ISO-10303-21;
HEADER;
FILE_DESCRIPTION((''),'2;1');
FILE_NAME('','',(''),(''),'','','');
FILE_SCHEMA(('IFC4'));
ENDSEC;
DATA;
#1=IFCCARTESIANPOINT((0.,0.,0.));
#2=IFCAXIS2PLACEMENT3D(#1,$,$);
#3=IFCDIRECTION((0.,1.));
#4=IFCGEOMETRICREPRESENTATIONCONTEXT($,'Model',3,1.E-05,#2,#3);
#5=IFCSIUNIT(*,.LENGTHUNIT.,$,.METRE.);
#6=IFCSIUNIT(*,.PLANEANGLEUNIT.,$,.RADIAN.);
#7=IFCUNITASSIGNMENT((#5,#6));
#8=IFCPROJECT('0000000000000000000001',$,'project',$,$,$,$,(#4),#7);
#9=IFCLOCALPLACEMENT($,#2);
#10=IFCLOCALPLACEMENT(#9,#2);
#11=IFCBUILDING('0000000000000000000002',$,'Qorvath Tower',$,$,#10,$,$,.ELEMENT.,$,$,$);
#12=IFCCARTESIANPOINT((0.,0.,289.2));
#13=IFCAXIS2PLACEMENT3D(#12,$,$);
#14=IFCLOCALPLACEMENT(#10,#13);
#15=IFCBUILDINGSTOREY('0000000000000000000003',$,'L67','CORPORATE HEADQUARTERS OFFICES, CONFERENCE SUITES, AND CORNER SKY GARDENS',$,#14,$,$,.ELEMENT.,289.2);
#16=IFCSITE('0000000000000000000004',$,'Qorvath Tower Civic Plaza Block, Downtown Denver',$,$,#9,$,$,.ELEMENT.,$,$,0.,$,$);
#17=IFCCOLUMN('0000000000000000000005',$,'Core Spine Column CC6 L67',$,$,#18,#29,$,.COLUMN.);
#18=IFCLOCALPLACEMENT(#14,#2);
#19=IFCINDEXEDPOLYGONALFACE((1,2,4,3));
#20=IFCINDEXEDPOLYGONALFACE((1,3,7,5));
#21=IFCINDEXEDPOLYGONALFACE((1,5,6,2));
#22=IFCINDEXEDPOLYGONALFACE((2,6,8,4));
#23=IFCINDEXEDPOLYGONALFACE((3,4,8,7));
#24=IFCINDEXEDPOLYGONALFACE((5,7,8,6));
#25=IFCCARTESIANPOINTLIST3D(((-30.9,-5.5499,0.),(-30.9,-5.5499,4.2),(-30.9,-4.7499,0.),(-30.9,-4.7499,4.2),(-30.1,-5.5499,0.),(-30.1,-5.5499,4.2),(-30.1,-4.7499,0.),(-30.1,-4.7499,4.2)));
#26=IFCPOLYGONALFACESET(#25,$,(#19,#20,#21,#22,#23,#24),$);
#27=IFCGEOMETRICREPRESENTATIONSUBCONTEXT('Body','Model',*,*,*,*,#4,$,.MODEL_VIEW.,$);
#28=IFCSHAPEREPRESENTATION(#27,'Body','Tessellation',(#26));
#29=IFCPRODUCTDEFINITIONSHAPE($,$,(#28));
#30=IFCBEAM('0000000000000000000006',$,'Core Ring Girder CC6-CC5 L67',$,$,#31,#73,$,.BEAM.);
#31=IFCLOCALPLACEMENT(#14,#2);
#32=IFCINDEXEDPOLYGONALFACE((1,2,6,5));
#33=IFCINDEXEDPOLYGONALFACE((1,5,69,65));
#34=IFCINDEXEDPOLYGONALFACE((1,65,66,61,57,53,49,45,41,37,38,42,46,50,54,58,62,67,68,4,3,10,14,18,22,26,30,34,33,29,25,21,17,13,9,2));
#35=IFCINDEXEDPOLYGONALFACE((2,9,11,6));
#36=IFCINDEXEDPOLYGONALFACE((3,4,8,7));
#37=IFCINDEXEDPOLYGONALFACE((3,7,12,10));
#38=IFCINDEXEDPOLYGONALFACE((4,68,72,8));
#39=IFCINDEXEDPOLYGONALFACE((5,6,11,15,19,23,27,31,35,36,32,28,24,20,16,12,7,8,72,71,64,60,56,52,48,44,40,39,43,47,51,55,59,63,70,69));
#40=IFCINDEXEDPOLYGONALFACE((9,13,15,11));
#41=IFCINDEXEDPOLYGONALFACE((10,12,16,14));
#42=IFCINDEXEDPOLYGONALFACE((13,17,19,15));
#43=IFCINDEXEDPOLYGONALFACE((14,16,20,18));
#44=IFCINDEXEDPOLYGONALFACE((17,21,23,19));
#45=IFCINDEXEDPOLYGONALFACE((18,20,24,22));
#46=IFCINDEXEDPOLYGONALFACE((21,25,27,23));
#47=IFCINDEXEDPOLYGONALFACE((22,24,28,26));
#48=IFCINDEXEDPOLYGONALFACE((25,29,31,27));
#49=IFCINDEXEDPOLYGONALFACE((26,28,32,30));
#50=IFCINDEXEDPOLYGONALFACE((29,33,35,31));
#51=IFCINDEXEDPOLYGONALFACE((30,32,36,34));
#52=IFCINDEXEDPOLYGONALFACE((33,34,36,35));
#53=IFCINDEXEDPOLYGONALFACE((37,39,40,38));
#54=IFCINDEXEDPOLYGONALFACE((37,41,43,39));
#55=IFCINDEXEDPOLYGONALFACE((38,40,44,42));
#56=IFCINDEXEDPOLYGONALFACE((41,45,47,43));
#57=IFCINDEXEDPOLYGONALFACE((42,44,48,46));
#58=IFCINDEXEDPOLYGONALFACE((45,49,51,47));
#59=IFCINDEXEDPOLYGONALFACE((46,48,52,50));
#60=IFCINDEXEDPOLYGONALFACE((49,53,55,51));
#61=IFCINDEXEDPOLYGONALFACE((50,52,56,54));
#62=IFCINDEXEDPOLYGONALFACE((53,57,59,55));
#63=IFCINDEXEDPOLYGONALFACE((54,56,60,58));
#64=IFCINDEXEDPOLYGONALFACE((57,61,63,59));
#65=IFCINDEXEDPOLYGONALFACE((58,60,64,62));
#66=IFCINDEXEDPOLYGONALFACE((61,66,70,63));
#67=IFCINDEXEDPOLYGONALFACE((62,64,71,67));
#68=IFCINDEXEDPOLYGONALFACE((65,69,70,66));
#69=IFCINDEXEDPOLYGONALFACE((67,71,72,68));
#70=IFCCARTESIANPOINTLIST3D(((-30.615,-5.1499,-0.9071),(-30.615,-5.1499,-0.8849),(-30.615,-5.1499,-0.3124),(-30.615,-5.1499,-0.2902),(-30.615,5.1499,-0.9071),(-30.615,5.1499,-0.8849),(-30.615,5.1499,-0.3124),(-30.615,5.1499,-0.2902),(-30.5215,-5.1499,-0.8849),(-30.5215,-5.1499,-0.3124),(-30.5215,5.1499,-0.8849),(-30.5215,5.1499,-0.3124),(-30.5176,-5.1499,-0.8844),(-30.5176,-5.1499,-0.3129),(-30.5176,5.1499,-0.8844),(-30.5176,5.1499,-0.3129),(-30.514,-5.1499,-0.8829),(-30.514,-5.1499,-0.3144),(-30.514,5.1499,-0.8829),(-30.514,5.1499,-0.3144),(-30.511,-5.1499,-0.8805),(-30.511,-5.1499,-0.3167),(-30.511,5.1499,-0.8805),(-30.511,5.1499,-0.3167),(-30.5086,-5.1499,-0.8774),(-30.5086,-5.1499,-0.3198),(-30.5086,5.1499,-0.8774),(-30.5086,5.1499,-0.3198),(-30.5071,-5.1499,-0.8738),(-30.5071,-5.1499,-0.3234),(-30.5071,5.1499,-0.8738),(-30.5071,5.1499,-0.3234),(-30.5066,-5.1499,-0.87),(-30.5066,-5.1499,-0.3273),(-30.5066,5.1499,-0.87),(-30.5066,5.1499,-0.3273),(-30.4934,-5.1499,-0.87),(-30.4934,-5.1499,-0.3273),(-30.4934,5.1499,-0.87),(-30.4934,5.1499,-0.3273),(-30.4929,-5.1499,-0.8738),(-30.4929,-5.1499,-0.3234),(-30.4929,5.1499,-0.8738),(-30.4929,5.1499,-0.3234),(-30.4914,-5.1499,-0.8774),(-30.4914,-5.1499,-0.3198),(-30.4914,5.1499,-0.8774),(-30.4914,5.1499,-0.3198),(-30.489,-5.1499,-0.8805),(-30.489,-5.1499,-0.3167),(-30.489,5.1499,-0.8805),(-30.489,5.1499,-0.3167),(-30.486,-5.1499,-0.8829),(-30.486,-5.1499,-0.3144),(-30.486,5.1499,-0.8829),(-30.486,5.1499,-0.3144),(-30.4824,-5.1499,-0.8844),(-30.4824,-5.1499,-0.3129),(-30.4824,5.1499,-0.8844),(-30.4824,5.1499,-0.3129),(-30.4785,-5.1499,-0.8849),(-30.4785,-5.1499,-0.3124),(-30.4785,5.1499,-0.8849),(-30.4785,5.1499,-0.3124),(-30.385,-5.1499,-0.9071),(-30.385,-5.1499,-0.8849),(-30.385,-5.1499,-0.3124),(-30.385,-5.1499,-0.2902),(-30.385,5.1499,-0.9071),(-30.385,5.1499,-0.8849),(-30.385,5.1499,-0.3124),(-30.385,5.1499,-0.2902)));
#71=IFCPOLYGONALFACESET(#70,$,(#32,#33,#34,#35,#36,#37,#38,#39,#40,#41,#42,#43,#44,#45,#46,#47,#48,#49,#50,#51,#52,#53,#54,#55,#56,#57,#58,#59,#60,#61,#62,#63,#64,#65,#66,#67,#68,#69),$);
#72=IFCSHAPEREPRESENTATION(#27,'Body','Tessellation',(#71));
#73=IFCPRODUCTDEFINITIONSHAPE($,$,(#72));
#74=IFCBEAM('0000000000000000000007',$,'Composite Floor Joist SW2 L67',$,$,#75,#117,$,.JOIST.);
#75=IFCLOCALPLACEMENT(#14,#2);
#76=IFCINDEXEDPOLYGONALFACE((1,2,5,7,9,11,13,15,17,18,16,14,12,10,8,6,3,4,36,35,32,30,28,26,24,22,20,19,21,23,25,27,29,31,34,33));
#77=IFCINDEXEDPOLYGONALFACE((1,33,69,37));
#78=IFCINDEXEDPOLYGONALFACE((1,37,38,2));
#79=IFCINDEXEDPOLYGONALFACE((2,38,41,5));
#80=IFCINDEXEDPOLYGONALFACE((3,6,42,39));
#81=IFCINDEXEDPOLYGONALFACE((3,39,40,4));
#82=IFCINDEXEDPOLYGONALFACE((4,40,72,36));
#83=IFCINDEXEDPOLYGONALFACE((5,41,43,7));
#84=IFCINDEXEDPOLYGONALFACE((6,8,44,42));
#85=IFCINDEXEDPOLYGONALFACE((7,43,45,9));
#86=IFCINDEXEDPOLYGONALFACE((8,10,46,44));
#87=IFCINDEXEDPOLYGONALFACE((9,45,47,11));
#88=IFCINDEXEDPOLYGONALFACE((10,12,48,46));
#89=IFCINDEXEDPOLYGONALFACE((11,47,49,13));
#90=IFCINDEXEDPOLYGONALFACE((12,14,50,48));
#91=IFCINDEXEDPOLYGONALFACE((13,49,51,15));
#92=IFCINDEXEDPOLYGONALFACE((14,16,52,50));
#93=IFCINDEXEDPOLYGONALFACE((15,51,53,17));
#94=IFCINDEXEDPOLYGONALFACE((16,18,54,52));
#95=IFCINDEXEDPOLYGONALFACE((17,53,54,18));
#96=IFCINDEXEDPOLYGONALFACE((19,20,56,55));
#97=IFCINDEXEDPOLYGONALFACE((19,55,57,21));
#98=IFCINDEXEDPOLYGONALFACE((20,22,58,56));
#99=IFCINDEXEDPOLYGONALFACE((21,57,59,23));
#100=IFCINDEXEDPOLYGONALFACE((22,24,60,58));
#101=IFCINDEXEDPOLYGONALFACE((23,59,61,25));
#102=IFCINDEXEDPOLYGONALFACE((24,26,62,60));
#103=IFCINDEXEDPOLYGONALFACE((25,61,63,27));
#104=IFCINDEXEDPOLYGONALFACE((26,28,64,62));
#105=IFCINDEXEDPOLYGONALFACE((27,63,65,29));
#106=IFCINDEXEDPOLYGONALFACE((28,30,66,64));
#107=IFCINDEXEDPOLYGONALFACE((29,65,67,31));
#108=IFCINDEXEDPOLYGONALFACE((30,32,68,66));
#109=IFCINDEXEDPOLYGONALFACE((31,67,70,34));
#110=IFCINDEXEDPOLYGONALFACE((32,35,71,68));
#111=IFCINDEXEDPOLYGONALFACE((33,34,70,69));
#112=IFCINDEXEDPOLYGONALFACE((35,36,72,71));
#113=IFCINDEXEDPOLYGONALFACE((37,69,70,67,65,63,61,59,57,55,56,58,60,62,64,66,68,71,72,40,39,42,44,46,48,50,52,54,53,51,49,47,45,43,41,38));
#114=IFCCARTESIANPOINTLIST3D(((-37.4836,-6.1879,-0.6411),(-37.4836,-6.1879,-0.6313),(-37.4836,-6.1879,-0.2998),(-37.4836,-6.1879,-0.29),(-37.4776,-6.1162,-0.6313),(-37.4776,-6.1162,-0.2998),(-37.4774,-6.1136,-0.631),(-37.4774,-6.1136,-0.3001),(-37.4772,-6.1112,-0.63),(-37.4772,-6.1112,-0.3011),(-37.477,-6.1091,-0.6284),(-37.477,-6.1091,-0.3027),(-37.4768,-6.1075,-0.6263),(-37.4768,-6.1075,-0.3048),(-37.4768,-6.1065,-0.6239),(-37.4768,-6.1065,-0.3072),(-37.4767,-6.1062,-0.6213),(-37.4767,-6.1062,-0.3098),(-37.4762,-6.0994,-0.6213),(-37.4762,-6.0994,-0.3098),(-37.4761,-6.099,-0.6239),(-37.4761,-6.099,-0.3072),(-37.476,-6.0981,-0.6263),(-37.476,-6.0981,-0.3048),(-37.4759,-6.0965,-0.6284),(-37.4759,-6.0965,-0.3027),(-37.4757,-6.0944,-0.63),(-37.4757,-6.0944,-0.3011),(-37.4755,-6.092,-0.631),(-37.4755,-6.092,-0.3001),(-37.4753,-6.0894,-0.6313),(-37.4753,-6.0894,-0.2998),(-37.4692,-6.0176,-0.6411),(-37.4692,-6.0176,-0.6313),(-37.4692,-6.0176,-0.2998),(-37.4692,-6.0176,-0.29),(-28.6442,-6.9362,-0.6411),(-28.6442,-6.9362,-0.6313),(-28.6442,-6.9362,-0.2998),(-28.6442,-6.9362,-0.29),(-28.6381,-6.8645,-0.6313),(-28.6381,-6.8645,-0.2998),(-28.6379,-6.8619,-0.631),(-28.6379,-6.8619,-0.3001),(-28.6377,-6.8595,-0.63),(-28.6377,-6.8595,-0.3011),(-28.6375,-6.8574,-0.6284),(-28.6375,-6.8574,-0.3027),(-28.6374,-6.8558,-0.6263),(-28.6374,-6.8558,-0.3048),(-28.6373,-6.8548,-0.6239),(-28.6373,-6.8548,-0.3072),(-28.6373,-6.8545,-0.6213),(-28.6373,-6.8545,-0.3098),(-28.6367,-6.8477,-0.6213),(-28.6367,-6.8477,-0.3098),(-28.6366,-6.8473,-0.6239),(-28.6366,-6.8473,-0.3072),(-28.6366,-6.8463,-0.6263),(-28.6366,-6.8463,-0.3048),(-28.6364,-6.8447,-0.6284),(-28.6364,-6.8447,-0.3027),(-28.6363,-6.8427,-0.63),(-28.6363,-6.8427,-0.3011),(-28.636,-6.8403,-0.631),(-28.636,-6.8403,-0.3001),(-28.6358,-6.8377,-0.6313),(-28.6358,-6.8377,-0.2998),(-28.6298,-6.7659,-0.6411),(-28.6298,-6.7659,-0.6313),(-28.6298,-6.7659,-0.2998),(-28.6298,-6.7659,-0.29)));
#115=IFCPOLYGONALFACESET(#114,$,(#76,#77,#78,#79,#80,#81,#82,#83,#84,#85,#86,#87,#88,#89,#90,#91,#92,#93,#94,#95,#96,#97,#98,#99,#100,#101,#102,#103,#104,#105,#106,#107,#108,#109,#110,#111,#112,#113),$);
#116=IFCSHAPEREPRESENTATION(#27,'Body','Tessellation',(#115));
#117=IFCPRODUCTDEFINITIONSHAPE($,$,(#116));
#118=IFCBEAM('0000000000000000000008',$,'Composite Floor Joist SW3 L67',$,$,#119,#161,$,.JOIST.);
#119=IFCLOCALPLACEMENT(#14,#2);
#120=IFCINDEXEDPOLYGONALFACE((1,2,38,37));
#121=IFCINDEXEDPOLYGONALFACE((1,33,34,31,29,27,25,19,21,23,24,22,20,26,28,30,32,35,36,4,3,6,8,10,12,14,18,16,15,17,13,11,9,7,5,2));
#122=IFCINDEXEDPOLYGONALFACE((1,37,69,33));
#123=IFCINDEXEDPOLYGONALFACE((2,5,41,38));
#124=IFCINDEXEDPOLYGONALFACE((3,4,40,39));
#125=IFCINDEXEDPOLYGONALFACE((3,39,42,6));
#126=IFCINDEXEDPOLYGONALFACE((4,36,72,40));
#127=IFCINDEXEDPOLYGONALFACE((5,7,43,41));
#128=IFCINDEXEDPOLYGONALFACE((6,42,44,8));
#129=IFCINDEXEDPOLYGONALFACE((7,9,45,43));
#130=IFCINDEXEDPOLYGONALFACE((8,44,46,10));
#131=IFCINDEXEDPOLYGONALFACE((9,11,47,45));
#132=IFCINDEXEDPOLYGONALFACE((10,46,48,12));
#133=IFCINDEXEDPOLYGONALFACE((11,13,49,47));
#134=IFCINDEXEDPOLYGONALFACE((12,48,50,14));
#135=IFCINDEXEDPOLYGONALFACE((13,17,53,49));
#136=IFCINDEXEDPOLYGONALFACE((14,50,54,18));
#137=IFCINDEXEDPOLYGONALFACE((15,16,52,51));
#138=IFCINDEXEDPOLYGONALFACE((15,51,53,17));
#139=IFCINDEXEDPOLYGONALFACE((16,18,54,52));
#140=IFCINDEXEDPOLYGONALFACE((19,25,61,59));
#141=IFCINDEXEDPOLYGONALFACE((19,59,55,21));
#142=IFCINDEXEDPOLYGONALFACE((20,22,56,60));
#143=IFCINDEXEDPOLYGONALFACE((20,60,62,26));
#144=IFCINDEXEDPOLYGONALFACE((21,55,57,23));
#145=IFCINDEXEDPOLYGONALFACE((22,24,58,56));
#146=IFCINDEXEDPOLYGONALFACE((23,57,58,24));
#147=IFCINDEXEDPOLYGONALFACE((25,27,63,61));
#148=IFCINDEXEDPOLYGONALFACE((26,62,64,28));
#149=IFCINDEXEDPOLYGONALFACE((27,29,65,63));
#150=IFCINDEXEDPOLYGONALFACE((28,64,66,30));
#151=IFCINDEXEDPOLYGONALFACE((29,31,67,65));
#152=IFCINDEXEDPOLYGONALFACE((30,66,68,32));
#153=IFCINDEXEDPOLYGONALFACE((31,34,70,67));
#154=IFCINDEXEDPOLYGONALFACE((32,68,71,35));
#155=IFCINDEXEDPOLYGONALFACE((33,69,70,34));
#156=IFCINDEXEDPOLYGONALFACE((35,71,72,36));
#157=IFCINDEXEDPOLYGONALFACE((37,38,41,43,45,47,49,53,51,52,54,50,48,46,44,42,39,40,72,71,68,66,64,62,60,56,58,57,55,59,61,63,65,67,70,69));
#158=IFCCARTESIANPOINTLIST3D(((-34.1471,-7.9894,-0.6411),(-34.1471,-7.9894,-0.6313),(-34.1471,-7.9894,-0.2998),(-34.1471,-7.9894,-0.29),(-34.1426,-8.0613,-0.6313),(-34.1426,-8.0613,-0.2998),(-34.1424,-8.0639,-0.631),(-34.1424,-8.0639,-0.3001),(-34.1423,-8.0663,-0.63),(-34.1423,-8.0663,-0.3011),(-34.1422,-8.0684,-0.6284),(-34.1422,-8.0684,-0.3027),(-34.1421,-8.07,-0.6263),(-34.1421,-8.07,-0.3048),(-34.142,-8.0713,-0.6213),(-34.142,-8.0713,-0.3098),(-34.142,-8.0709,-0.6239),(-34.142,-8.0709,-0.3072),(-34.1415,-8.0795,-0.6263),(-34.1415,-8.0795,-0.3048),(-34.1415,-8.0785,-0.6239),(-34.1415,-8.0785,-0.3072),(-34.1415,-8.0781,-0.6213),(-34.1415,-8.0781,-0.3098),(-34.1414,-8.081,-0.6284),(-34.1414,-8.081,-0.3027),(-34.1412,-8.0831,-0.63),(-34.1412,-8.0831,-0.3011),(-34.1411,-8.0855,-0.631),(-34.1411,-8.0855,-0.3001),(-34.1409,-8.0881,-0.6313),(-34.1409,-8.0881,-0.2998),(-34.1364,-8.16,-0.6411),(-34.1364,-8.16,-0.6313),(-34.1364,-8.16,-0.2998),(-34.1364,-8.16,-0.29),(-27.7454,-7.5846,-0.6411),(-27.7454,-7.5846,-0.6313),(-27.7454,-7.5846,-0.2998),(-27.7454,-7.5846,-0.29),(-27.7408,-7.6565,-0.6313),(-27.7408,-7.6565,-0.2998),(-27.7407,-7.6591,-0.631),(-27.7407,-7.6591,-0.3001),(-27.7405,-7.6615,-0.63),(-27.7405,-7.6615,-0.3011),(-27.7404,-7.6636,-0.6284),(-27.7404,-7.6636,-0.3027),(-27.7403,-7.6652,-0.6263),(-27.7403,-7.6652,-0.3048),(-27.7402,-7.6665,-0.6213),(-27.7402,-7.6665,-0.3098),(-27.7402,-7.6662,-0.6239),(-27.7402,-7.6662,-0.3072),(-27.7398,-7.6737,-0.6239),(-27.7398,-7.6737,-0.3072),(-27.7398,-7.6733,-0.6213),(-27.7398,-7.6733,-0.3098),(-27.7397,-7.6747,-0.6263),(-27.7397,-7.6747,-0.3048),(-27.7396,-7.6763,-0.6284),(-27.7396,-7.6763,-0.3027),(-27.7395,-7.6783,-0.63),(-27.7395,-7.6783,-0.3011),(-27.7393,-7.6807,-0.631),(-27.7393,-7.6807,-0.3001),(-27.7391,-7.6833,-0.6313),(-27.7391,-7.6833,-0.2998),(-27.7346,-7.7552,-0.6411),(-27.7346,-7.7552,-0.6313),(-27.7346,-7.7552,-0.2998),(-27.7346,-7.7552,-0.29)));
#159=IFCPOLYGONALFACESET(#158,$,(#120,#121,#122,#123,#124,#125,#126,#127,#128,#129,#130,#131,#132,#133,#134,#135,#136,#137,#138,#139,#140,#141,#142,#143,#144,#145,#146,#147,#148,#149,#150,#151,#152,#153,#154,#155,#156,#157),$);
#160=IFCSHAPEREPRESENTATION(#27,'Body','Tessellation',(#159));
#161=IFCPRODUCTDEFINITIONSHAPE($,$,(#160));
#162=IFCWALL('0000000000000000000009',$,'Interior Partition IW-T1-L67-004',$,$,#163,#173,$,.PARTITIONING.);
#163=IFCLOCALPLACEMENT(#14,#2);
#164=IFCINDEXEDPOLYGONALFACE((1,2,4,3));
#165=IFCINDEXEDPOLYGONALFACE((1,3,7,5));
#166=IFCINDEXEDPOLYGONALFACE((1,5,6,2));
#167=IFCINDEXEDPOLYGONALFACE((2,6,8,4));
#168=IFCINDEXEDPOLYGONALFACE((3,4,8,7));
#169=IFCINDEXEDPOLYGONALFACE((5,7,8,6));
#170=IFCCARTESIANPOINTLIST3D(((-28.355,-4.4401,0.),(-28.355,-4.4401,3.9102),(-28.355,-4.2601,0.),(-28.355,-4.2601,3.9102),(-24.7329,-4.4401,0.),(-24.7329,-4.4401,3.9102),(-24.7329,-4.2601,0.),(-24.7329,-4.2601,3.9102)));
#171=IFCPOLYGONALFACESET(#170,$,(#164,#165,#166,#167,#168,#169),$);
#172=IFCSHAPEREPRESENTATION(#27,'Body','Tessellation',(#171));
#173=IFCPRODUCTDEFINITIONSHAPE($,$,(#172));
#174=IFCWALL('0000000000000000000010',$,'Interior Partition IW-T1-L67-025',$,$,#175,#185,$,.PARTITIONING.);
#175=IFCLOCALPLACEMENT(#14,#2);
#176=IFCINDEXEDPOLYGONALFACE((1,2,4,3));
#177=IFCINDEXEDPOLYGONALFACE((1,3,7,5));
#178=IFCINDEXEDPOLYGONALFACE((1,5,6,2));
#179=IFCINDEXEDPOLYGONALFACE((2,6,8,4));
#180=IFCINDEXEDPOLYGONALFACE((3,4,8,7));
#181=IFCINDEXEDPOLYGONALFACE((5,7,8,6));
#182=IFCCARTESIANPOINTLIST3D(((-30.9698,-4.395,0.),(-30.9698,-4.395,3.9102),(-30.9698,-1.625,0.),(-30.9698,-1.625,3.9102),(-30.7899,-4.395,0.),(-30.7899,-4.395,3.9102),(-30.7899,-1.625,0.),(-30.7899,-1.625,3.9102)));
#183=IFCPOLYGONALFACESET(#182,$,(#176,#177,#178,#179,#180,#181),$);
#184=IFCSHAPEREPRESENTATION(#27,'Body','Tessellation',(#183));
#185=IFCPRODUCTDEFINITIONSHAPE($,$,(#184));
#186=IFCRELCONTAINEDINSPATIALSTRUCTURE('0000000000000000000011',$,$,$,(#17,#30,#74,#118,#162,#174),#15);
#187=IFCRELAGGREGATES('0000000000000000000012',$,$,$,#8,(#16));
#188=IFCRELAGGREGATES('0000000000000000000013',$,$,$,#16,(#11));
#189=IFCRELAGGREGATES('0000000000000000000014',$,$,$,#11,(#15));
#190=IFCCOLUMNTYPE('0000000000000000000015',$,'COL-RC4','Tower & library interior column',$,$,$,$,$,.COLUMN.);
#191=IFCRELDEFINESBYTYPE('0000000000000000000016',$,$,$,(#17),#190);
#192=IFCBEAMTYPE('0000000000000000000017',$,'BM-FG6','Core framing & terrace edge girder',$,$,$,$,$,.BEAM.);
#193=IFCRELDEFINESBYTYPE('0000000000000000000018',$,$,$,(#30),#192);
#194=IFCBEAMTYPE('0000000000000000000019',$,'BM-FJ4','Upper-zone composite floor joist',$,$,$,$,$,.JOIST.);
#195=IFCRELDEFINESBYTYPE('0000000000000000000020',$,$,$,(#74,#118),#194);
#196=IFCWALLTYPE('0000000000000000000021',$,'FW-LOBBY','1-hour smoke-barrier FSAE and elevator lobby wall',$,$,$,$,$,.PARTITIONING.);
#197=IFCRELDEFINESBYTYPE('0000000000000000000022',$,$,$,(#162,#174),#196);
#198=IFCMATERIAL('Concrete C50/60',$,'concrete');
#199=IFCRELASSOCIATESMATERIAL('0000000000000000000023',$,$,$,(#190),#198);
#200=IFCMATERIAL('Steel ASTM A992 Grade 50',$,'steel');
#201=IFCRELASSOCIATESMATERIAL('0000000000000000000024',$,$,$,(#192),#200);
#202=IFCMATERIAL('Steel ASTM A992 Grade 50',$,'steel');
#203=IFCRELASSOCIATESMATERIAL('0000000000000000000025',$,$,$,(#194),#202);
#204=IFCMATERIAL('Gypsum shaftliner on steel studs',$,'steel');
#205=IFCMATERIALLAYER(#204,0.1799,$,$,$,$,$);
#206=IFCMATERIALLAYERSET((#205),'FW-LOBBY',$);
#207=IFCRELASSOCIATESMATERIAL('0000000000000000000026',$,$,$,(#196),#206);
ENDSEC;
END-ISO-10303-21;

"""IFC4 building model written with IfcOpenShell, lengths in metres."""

from ifc_helpers import new_model, si_unit, direction, frame, frame_2d, origin, origin_2d, place, context, subcontext, project, spatial, rectangle, i_section, extrude, material, layer, layer_set, material_profile, profile_set, type_object, element, save


model = new_model("IFC4")

# Units and contexts
model_context = context("Model", 3, precision=1e-05, world=origin(), true_north=direction((0.0, 1.0)))
body_context = subcontext(model_context, "Body", "Model", "MODEL_VIEW")
ifc_project = project(units=[si_unit("LENGTHUNIT", "METRE"), si_unit("PLANEANGLEUNIT", "RADIAN")], contexts=[model_context])

# Site, building, storey
site_placement = place(None, origin())
site = spatial("IfcSite", under=ifc_project, at=site_placement, Name="Qorvath Tower Civic Plaza Block, Downtown Denver", CompositionType="ELEMENT", RefElevation=0.0)
building_placement = place(site_placement, origin())
building = spatial("IfcBuilding", under=site, at=building_placement, Name="Qorvath Tower", CompositionType="ELEMENT")
storey_placement = place(building_placement, frame((0.0, 0.0, 289.2)))
storey = spatial("IfcBuildingStorey", under=building, at=storey_placement, Name="L67", Description="CORPORATE HEADQUARTERS OFFICES, CONFERENCE SUITES, AND CORNER SKY GARDENS", CompositionType="ELEMENT", Elevation=289.2)

# Column
ifc_material_1 = material(Name="Concrete C50/60", Category="concrete")
ifc_material_profile_1 = material_profile(ifc_material_1, rectangle(XDim=0.8, YDim=0.8, at=origin_2d()), Name="RC 800x800")
ifc_profile_set_1 = profile_set([ifc_material_profile_1], Name="Concrete C50/60")
column_type = type_object("IfcColumnType", Name="COL-RC4", Description="Tower & library interior column", PredefinedType="COLUMN", material=ifc_profile_set_1)
column_placement = place(storey_placement, frame((-30.5, -5.1499, 0.0), z_axis=(0.0, 0.0, 1.0), x_axis=(1.0, 0.0, 0.0)))
element("IfcColumn", 1, at=column_placement, inside=storey, type_object=column_type, Name="Core Spine Column CC6 L67", PredefinedType="COLUMN", context=body_context, shape_type="SweptSolid", body=[
    extrude(rectangle(XDim=0.8, YDim=0.8, at=origin_2d()), origin(), (0.0, 0.0, 1.0), 4.2),
])

# Beams
ifc_material_2 = material(Name="Steel ASTM A992 Grade 50", Category="steel")
ifc_material_profile_2 = material_profile(ifc_material_2, i_section(OverallWidth=0.23, OverallDepth=0.6169, WebThickness=0.0132, FlangeThickness=0.0222, FilletRadius=0.0149, at=origin_2d()), Name="W24x94")
ifc_profile_set_2 = profile_set([ifc_material_profile_2], Name="Steel ASTM A992 Grade 50")
beam_type_1 = type_object("IfcBeamType", Name="BM-FG6", Description="Core framing & terrace edge girder", PredefinedType="BEAM", material=ifc_profile_set_2)
beam_1_placement = place(storey_placement, frame((-30.5, -5.1499, -0.5986), z_axis=(0.0, 1.0, 0.0), x_axis=(-1.0, 0.0, 0.0)))
element("IfcBeam", 2, at=beam_1_placement, inside=storey, type_object=beam_type_1, Name="Core Ring Girder CC6-CC5 L67", PredefinedType="BEAM", context=body_context, shape_type="SweptSolid", body=[
    extrude(i_section(OverallWidth=0.23, OverallDepth=0.6169, WebThickness=0.0132, FlangeThickness=0.0222, FilletRadius=0.0149, at=origin_2d()), origin(), (0.0, 0.0, 1.0), 10.2998),
])
ifc_material_3 = material(Name="Steel ASTM A992 Grade 50", Category="steel")
ifc_material_profile_3 = material_profile(ifc_material_3, i_section(OverallWidth=0.1709, OverallDepth=0.3511, WebThickness=0.0068, FlangeThickness=0.0098, FilletRadius=0.01, at=origin_2d()), Name="W14x30")
ifc_profile_set_3 = profile_set([ifc_material_profile_3], Name="Steel ASTM A992 Grade 50")
beam_type_2 = type_object("IfcBeamType", Name="BM-FJ4", Description="Upper-zone composite floor joist", PredefinedType="JOIST", material=ifc_profile_set_3)
beam_2_placement = place(storey_placement, frame((-28.637, -6.8511, -0.4656), z_axis=(-0.996436, 0.08435, 0.0), x_axis=(-0.08435, -0.996436, 0.0)))
element("IfcBeam", 3, at=beam_2_placement, inside=storey, type_object=beam_type_2, Name="Composite Floor Joist SW2 L67", PredefinedType="JOIST", context=body_context, shape_type="SweptSolid", body=[
    extrude(i_section(OverallWidth=0.1709, OverallDepth=0.3511, WebThickness=0.0068, FlangeThickness=0.0098, FilletRadius=0.01, at=origin_2d()), origin(), (0.0, 0.0, 1.0), 8.8711),
])
beam_3_placement = place(storey_placement, frame((-27.74, -7.6699, -0.4656), z_axis=(-0.998007, -0.063103, 0.0), x_axis=(0.063103, -0.998007, 0.0)))
element("IfcBeam", 4, at=beam_3_placement, inside=storey, type_object=beam_type_2, Name="Composite Floor Joist SW3 L67", PredefinedType="JOIST", context=body_context, shape_type="SweptSolid", body=[
    extrude(i_section(OverallWidth=0.1709, OverallDepth=0.3511, WebThickness=0.0068, FlangeThickness=0.0098, FilletRadius=0.01, at=origin_2d()), origin(), (0.0, 0.0, 1.0), 6.4146),
])

# Walls
ifc_material_4 = material(Name="Gypsum shaftliner on steel studs", Category="steel")
ifc_layer_1 = layer(ifc_material_4, 0.1799)
ifc_layer_set_1 = layer_set([ifc_layer_1], Name="FW-LOBBY")
wall_type_1 = type_object("IfcWallType", Name="FW-LOBBY", Description="1-hour smoke-barrier FSAE and elevator lobby wall", PredefinedType="PARTITIONING", material=ifc_layer_set_1)
wall_1_placement = place(storey_placement, frame((-24.7329, -4.3501, 0.0), z_axis=(0.0, 0.0, 1.0), x_axis=(-1.0, 0.0, 0.0)))
element("IfcWall", 5, at=wall_1_placement, inside=storey, type_object=wall_type_1, Name="Interior Partition IW-T1-L67-004", PredefinedType="PARTITIONING", context=body_context, shape_type="SweptSolid", body=[
    extrude(rectangle(XDim=3.6221, YDim=0.1799, at=frame_2d((1.811, 0.0))), origin(), (0.0, 0.0, 1.0), 3.9102),
])
wall_2_placement = place(storey_placement, frame((-30.8799, -4.395, 0.0), z_axis=(0.0, 0.0, 1.0), x_axis=(0.0, 1.0, 0.0)))
element("IfcWall", 6, at=wall_2_placement, inside=storey, type_object=wall_type_1, Name="Interior Partition IW-T1-L67-025", PredefinedType="PARTITIONING", context=body_context, shape_type="SweptSolid", body=[
    extrude(rectangle(XDim=2.77, YDim=0.1799, at=frame_2d((1.385, 0.0))), origin(), (0.0, 0.0, 1.0), 3.9102),
])

save(model, "model.ifc")
